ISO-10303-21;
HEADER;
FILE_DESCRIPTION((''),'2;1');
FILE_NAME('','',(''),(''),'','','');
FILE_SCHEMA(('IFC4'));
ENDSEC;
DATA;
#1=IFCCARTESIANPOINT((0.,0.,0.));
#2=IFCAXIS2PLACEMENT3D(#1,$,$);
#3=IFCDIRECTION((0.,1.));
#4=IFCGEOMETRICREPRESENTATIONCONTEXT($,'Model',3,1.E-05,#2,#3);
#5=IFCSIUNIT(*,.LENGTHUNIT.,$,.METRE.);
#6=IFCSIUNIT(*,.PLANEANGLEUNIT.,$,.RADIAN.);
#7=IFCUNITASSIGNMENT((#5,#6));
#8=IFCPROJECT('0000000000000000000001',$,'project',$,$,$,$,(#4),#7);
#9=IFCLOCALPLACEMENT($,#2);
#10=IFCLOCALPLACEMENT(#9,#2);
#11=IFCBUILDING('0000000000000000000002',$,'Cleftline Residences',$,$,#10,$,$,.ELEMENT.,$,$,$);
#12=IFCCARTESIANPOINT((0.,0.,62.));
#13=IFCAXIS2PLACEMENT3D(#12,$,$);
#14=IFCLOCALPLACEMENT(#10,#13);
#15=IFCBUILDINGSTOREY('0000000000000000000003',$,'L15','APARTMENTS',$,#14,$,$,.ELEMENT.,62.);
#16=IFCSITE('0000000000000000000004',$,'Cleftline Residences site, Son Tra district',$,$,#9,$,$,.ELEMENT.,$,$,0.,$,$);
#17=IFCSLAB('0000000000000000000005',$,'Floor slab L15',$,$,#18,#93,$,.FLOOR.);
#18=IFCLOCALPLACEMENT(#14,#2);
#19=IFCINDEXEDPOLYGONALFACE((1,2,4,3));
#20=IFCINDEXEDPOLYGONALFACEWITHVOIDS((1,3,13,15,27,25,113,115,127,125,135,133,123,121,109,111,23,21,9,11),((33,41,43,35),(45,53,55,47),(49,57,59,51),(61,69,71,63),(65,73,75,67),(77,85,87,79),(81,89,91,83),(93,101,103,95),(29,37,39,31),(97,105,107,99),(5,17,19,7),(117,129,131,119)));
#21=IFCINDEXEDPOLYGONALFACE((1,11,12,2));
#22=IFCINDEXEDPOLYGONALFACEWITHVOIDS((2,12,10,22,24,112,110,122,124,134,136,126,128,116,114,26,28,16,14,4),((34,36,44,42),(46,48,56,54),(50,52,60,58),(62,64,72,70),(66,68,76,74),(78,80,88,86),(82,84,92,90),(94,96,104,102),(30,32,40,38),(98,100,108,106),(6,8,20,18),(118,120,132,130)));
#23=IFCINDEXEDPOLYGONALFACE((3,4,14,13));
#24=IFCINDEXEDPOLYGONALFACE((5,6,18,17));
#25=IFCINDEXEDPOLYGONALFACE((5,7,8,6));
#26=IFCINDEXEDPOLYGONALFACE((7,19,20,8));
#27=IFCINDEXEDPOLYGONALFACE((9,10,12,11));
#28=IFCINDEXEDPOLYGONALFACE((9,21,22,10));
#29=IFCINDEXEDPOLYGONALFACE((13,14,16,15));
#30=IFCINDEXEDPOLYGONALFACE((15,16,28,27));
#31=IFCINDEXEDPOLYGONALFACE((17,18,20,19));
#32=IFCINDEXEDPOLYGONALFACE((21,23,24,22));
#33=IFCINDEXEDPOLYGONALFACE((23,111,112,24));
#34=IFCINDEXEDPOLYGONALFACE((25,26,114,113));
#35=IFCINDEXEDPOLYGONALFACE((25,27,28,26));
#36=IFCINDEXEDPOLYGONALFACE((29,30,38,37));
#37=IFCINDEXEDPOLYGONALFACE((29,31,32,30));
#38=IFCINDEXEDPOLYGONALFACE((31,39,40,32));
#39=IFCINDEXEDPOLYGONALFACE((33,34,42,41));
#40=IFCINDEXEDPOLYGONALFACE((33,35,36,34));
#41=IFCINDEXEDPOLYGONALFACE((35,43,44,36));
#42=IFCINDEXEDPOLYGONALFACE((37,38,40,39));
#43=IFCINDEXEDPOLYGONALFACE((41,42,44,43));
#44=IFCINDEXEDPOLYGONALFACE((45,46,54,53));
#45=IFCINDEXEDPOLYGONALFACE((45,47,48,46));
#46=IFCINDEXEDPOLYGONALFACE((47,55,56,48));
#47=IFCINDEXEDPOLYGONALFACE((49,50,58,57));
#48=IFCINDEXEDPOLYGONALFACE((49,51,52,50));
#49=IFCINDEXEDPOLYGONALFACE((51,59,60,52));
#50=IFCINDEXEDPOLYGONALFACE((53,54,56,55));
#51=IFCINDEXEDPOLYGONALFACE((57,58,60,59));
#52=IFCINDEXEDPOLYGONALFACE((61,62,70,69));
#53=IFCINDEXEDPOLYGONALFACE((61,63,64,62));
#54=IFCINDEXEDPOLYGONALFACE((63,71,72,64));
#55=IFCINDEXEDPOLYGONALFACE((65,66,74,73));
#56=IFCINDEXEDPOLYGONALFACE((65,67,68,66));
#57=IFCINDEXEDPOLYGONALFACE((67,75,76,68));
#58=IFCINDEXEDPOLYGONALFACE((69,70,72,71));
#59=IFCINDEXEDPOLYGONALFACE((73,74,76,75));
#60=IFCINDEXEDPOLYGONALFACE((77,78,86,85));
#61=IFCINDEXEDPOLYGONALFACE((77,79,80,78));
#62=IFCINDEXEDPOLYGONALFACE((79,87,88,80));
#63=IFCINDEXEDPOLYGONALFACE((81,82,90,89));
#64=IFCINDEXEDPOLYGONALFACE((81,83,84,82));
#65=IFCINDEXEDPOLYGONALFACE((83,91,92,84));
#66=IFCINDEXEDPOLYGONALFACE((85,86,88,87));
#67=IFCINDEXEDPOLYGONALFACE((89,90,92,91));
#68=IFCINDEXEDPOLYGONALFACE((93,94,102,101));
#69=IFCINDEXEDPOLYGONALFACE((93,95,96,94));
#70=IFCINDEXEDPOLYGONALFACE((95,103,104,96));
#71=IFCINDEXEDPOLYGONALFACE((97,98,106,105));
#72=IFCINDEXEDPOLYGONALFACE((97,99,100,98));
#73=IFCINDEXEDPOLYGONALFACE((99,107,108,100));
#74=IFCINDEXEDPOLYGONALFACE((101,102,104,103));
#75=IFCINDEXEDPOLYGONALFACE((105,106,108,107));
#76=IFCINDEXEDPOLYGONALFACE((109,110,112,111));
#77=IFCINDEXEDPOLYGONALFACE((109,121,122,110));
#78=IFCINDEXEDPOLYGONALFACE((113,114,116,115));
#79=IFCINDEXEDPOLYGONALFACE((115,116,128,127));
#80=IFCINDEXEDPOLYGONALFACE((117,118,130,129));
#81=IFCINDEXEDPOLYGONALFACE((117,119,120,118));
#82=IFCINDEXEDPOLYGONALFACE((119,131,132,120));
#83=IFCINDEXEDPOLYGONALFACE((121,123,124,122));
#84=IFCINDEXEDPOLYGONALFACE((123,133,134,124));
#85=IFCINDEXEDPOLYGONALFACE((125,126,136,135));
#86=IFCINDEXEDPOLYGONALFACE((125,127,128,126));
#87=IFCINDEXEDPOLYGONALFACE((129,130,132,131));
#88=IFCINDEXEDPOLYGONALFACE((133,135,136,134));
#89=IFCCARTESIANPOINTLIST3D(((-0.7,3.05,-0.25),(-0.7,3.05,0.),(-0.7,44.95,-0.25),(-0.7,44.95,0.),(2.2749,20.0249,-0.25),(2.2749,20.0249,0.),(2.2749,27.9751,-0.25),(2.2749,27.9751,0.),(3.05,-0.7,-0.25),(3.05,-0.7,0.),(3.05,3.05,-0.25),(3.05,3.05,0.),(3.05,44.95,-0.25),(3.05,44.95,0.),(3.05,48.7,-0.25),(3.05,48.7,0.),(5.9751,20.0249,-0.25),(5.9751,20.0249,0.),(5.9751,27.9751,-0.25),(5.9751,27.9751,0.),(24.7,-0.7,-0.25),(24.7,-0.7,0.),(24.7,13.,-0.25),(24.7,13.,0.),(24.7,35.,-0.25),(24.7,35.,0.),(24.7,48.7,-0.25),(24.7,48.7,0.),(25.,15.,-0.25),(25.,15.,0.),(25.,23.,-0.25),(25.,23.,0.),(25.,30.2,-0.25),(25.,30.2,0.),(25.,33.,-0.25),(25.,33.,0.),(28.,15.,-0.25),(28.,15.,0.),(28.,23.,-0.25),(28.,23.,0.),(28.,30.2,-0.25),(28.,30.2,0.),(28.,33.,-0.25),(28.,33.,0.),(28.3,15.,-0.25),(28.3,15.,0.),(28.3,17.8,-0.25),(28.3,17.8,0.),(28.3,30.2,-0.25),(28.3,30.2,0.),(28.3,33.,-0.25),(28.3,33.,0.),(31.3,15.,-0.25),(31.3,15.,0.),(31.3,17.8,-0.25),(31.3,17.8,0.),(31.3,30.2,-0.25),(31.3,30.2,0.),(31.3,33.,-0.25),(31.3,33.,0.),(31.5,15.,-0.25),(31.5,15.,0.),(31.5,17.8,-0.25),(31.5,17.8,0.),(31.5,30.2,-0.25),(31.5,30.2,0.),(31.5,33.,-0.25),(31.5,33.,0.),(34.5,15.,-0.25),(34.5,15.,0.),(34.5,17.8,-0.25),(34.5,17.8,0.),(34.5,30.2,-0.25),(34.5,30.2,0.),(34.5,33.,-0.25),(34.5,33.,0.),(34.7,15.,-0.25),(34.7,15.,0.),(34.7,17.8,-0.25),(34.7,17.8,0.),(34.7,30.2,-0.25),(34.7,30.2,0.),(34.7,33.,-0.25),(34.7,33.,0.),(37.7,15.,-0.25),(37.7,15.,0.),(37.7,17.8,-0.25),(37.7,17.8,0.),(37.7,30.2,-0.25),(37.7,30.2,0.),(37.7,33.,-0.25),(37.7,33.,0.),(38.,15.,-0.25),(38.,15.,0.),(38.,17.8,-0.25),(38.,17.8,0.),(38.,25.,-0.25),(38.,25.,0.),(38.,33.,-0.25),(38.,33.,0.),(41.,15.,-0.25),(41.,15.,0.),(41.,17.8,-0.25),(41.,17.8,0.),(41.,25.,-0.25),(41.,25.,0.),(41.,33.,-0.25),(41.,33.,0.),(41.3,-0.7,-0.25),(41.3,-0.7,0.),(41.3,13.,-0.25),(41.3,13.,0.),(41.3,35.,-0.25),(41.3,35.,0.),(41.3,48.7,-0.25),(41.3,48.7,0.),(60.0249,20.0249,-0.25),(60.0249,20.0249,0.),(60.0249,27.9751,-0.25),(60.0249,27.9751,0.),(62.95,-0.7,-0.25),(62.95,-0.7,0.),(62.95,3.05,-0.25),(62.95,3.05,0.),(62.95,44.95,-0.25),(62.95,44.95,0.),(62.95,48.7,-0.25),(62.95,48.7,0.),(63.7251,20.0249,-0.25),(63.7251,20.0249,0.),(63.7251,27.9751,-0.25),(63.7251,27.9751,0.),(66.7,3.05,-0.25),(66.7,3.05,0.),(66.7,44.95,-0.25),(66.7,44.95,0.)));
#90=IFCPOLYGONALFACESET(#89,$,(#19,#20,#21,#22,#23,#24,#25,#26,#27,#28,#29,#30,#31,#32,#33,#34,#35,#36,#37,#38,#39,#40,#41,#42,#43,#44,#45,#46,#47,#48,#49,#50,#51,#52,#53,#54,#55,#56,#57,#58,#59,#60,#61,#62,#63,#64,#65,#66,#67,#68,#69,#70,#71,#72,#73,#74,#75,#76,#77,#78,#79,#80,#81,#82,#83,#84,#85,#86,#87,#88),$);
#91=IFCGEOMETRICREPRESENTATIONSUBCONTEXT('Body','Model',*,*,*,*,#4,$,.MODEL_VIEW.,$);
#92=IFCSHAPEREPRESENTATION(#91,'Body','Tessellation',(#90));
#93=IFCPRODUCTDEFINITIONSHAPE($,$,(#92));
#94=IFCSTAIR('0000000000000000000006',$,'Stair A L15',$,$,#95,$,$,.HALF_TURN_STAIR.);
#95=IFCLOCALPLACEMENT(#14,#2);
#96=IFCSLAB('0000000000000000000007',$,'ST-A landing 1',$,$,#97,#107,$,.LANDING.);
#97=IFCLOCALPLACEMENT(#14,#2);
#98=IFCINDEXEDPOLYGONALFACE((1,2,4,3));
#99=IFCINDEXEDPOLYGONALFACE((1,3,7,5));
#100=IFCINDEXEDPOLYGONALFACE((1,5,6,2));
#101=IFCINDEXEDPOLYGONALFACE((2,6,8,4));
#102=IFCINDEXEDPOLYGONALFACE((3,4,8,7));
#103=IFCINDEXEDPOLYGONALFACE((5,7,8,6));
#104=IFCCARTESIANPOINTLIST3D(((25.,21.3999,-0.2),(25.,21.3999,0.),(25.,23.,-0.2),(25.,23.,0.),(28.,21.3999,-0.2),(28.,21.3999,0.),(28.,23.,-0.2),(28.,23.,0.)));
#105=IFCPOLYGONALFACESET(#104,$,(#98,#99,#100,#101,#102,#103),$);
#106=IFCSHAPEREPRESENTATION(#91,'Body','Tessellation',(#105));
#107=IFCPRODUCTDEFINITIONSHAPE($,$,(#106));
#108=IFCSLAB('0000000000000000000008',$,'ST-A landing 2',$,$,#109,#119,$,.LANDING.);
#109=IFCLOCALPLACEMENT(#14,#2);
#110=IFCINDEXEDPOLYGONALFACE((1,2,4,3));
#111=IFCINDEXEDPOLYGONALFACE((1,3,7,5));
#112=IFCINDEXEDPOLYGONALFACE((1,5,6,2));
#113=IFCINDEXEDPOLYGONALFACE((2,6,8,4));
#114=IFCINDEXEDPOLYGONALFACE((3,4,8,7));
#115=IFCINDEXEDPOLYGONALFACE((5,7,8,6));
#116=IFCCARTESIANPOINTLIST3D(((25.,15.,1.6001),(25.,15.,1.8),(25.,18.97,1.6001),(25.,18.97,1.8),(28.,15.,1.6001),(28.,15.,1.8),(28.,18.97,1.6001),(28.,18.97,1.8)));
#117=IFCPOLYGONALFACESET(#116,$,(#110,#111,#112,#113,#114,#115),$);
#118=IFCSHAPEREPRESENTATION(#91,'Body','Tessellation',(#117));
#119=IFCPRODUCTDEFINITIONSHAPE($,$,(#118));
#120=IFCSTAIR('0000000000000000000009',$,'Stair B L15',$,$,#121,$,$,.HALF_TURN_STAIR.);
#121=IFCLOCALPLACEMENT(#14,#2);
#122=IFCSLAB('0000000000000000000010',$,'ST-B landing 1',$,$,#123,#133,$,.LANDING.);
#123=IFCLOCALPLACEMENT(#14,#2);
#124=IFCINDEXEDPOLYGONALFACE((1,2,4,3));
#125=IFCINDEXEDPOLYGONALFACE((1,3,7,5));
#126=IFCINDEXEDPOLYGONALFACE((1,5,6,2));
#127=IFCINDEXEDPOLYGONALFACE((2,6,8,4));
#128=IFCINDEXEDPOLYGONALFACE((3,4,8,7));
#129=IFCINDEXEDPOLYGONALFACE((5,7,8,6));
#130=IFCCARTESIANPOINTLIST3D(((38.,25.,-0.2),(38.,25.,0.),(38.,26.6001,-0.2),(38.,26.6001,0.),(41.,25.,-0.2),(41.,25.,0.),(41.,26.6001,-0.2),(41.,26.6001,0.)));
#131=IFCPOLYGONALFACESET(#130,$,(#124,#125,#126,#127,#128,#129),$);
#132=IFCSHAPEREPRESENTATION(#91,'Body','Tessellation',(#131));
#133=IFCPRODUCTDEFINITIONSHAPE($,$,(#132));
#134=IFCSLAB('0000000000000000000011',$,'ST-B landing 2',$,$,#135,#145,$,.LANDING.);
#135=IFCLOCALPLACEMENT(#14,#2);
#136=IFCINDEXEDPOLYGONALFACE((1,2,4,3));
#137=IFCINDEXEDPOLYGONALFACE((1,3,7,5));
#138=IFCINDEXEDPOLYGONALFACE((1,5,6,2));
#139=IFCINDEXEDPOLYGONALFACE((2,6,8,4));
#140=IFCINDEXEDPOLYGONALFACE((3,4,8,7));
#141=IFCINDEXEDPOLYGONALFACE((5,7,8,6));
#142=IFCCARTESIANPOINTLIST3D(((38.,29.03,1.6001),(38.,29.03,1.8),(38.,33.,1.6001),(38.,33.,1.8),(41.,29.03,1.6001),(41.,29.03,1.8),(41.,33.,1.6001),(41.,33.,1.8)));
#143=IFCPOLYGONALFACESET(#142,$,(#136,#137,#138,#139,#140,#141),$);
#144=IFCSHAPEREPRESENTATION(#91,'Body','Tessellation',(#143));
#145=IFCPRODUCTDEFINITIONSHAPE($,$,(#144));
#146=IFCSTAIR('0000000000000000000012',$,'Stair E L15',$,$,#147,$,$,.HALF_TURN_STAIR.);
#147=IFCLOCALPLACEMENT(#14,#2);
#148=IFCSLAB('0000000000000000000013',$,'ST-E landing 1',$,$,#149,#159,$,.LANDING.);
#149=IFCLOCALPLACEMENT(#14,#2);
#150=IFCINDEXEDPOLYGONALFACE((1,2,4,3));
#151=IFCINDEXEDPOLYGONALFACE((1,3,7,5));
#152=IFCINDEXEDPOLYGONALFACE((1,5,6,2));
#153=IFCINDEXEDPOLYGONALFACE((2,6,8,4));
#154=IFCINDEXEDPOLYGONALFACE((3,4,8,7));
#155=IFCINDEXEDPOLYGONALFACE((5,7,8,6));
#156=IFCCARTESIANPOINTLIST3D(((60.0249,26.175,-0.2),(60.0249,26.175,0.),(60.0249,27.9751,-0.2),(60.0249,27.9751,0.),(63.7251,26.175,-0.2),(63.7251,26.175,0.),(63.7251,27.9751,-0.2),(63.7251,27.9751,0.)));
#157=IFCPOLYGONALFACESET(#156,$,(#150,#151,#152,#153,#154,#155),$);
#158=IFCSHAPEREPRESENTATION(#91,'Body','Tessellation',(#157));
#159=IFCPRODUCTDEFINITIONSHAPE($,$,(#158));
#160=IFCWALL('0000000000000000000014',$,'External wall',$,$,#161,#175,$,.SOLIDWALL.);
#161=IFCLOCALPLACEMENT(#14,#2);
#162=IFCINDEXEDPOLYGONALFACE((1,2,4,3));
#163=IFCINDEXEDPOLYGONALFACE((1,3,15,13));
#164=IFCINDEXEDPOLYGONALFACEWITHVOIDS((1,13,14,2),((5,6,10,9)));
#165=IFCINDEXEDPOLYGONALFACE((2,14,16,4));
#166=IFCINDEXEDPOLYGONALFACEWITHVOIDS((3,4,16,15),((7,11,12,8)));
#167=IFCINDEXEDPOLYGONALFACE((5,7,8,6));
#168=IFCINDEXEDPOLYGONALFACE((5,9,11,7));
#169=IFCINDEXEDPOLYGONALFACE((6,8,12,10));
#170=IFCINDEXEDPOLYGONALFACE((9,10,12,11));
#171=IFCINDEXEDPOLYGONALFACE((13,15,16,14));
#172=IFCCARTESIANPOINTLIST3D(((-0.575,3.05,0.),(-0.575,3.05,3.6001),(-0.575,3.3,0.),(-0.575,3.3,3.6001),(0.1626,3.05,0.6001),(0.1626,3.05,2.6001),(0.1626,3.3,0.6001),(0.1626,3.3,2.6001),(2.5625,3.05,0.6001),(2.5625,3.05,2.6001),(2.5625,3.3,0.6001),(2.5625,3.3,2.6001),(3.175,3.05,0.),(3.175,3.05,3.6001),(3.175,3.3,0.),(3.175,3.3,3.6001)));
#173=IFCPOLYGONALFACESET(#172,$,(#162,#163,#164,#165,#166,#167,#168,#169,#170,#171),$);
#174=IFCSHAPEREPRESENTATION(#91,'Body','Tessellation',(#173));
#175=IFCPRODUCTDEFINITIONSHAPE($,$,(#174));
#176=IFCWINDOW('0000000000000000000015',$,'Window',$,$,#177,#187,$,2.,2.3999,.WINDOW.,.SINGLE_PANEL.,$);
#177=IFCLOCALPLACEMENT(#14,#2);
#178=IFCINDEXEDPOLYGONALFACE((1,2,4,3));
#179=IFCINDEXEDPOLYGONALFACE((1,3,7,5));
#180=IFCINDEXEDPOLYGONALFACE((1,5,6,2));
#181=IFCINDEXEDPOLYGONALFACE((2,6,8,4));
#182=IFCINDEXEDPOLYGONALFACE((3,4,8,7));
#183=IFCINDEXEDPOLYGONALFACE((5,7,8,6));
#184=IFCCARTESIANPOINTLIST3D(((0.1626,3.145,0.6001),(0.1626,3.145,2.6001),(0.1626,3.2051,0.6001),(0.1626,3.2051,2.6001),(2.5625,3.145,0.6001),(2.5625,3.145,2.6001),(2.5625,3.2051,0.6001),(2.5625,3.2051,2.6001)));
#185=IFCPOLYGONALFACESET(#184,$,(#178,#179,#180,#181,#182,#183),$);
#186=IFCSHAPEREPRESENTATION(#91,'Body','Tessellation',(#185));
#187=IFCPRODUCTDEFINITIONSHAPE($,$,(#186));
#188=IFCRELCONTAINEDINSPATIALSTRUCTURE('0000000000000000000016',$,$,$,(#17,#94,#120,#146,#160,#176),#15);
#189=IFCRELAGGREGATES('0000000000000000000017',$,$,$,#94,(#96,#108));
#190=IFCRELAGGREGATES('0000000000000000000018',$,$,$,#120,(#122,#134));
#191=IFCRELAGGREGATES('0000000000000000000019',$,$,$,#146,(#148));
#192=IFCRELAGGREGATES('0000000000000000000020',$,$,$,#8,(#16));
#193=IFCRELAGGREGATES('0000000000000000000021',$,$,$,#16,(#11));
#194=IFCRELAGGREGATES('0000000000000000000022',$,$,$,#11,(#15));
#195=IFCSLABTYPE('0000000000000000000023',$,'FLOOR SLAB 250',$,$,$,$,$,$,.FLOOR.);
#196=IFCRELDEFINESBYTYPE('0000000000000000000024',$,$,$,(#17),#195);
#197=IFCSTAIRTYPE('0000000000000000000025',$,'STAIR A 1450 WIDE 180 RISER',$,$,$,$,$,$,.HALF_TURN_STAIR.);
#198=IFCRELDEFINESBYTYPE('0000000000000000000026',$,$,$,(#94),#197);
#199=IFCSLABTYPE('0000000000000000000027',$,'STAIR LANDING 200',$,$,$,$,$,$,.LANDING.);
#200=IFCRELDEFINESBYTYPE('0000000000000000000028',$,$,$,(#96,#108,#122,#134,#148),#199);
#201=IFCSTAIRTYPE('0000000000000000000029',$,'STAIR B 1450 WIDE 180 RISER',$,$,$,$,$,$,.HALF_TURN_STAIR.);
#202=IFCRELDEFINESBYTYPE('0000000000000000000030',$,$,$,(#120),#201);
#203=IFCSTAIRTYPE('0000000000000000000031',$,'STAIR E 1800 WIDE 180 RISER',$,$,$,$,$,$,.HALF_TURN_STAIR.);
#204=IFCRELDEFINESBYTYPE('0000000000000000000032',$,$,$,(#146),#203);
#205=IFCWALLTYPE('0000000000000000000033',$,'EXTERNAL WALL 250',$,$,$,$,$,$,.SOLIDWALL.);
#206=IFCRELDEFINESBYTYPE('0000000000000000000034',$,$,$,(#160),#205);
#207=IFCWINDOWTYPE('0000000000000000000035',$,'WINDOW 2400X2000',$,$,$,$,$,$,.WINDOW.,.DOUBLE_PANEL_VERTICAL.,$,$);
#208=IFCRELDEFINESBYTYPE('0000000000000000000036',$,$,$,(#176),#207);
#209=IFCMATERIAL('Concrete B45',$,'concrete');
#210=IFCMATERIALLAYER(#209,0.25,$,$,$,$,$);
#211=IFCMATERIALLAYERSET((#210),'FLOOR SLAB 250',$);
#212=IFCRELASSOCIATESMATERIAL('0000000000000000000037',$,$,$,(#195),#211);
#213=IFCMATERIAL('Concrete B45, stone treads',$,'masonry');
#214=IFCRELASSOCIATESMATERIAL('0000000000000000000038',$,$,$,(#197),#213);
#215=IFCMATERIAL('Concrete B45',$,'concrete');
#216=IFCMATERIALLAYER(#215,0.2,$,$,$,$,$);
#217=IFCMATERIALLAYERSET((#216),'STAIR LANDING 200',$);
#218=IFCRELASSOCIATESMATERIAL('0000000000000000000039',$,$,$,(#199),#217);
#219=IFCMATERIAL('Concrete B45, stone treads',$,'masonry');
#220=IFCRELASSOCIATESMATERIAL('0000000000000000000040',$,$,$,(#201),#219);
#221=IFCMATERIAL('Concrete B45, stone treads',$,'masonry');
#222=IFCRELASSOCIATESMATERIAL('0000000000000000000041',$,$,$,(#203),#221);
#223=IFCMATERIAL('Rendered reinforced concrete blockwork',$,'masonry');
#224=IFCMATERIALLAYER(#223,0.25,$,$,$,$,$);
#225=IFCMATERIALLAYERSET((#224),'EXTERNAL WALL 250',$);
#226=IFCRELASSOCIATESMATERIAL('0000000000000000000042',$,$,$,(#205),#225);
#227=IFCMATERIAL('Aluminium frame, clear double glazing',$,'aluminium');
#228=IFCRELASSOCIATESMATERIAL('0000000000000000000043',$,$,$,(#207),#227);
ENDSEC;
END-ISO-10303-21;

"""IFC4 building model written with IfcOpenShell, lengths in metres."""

from ifc_helpers import new_model, si_unit, direction, frame, frame_2d, origin, place, context, subcontext, project, spatial, polyline, rectangle, outline, extrude, material, layer, layer_set, type_object, element, fill, aggregate, save


model = new_model("IFC4")

# Units and contexts
model_context = context("Model", 3, precision=1e-05, world=origin(), true_north=direction((0.0, 1.0)))
body_context = subcontext(model_context, "Body", "Model", "MODEL_VIEW")
ifc_project = project(units=[si_unit("LENGTHUNIT", "METRE"), si_unit("PLANEANGLEUNIT", "RADIAN")], contexts=[model_context])

# Site, building, storey
site_placement = place(None, origin())
site = spatial("IfcSite", under=ifc_project, at=site_placement, Name="Cleftline Residences site, Son Tra district", CompositionType="ELEMENT", RefElevation=0.0)
building_placement = place(site_placement, origin())
building = spatial("IfcBuilding", under=site, at=building_placement, Name="Cleftline Residences", CompositionType="ELEMENT")
storey_placement = place(building_placement, frame((0.0, 0.0, 62.0)))
storey = spatial("IfcBuildingStorey", under=building, at=storey_placement, Name="L15", Description="APARTMENTS", CompositionType="ELEMENT", Elevation=62.0)

# Slab
ifc_material_1 = material(Name="Concrete B45", Category="concrete")
ifc_layer_1 = layer(ifc_material_1, 0.25)
ifc_layer_set_1 = layer_set([ifc_layer_1], Name="FLOOR SLAB 250")
slab_type_1 = type_object("IfcSlabType", Name="FLOOR SLAB 250", PredefinedType="FLOOR", material=ifc_layer_set_1)
slab_1_placement = place(storey_placement, frame((0.0, 0.0, -0.25)))
element("IfcSlab", 1, at=slab_1_placement, inside=storey, type_object=slab_type_1, Name="Floor slab L15", PredefinedType="FLOOR", context=body_context, shape_type="SweptSolid", body=[
    extrude(outline(polyline([(24.7, 13.0), (41.3, 13.0), (41.3, -0.7), (62.95, -0.7), (62.95, 3.05), (66.7, 3.05), (66.7, 44.95), (62.95, 44.95), (62.95, 48.7), (41.3, 48.7), (41.3, 35.0), (24.7, 35.0), (24.7, 48.7), (3.05, 48.7), (3.05, 44.95), (-0.7, 44.95), (-0.7, 3.05), (3.05, 3.05), (3.05, -0.7), (24.7, -0.7), (24.7, 13.0)]), holes=[polyline([(28.0, 15.0), (28.0, 23.0), (25.0, 23.0), (25.0, 15.0), (28.0, 15.0)]), polyline([(41.0, 25.0), (41.0, 33.0), (38.0, 33.0), (38.0, 25.0), (41.0, 25.0)]), polyline([(28.0, 30.2), (28.0, 33.0), (25.0, 33.0), (25.0, 30.2), (28.0, 30.2)]), polyline([(41.0, 15.0), (41.0, 17.8), (38.0, 17.8), (38.0, 15.0), (41.0, 15.0)]), polyline([(31.3, 15.0), (31.3, 17.8), (28.3, 17.8), (28.3, 15.0), (31.3, 15.0)]), polyline([(34.5, 15.0), (34.5, 17.8), (31.5, 17.8), (31.5, 15.0), (34.5, 15.0)]), polyline([(37.7, 15.0), (37.7, 17.8), (34.7, 17.8), (34.7, 15.0), (37.7, 15.0)]), polyline([(31.3, 30.2), (31.3, 33.0), (28.3, 33.0), (28.3, 30.2), (31.3, 30.2)]), polyline([(34.5, 30.2), (34.5, 33.0), (31.5, 33.0), (31.5, 30.2), (34.5, 30.2)]), polyline([(37.7, 30.2), (37.7, 33.0), (34.7, 33.0), (34.7, 30.2), (37.7, 30.2)]), polyline([(63.7251, 20.0249), (63.7251, 27.9751), (60.0249, 27.9751), (60.0249, 20.0249), (63.7251, 20.0249)]), polyline([(5.9751, 20.0249), (5.9751, 27.9751), (2.2749, 27.9751), (2.2749, 20.0249), (5.9751, 20.0249)])]), origin(), (0.0, 0.0, 1.0), 0.25),
])

# Stairs, slabs
ifc_material_2 = material(Name="Concrete B45, stone treads", Category="masonry")
stair_type_1 = type_object("IfcStairType", Name="STAIR A 1450 WIDE 180 RISER", PredefinedType="HALF_TURN_STAIR", material=ifc_material_2)
stair_1_placement = place(storey_placement, origin())
stair_1 = element("IfcStair", 2, at=stair_1_placement, inside=storey, type_object=stair_type_1, Name="Stair A L15", PredefinedType="HALF_TURN_STAIR")
ifc_material_3 = material(Name="Concrete B45", Category="concrete")
ifc_layer_2 = layer(ifc_material_3, 0.2)
ifc_layer_set_2 = layer_set([ifc_layer_2], Name="STAIR LANDING 200")
slab_type_2 = type_object("IfcSlabType", Name="STAIR LANDING 200", PredefinedType="LANDING", material=ifc_layer_set_2)
slab_2_placement = place(storey_placement, frame((0.0, 0.0, -0.2)))
slab_2 = element("IfcSlab", 3, at=slab_2_placement, type_object=slab_type_2, Name="ST-A landing 1", PredefinedType="LANDING", context=body_context, shape_type="SweptSolid", body=[
    extrude(outline(polyline([(25.0, 21.3999), (28.0, 21.3999), (28.0, 23.0), (25.0, 23.0), (25.0, 21.3999)])), origin(), (0.0, 0.0, 1.0), 0.2),
])
slab_3_placement = place(storey_placement, frame((0.0, 0.0, 1.6001)))
slab_3 = element("IfcSlab", 4, at=slab_3_placement, type_object=slab_type_2, Name="ST-A landing 2", PredefinedType="LANDING", context=body_context, shape_type="SweptSolid", body=[
    extrude(outline(polyline([(25.0, 15.0), (28.0, 15.0), (28.0, 18.97), (25.0, 18.97), (25.0, 15.0)])), origin(), (0.0, 0.0, 1.0), 0.2),
])
aggregate(stair_1, [slab_2, slab_3])
ifc_material_4 = material(Name="Concrete B45, stone treads", Category="masonry")
stair_type_2 = type_object("IfcStairType", Name="STAIR B 1450 WIDE 180 RISER", PredefinedType="HALF_TURN_STAIR", material=ifc_material_4)
stair_2_placement = place(storey_placement, origin())
stair_2 = element("IfcStair", 5, at=stair_2_placement, inside=storey, type_object=stair_type_2, Name="Stair B L15", PredefinedType="HALF_TURN_STAIR")
slab_4_placement = place(storey_placement, frame((0.0, 0.0, -0.2)))
slab_4 = element("IfcSlab", 6, at=slab_4_placement, type_object=slab_type_2, Name="ST-B landing 1", PredefinedType="LANDING", context=body_context, shape_type="SweptSolid", body=[
    extrude(outline(polyline([(38.0, 25.0), (41.0, 25.0), (41.0, 26.6001), (38.0, 26.6001), (38.0, 25.0)])), origin(), (0.0, 0.0, 1.0), 0.2),
])
slab_5_placement = place(storey_placement, frame((0.0, 0.0, 1.6001)))
slab_5 = element("IfcSlab", 7, at=slab_5_placement, type_object=slab_type_2, Name="ST-B landing 2", PredefinedType="LANDING", context=body_context, shape_type="SweptSolid", body=[
    extrude(outline(polyline([(38.0, 29.03), (41.0, 29.03), (41.0, 33.0), (38.0, 33.0), (38.0, 29.03)])), origin(), (0.0, 0.0, 1.0), 0.2),
])
aggregate(stair_2, [slab_4, slab_5])

# Stair, slab
ifc_material_5 = material(Name="Concrete B45, stone treads", Category="masonry")
stair_type_3 = type_object("IfcStairType", Name="STAIR E 1800 WIDE 180 RISER", PredefinedType="HALF_TURN_STAIR", material=ifc_material_5)
stair_3_placement = place(storey_placement, origin())
stair_3 = element("IfcStair", 8, at=stair_3_placement, inside=storey, type_object=stair_type_3, Name="Stair E L15", PredefinedType="HALF_TURN_STAIR")
slab_6_placement = place(storey_placement, frame((0.0, 0.0, -0.2)))
slab_6 = element("IfcSlab", 9, at=slab_6_placement, type_object=slab_type_2, Name="ST-E landing 1", PredefinedType="LANDING", context=body_context, shape_type="SweptSolid", body=[
    extrude(outline(polyline([(60.0249, 26.175), (63.7251, 26.175), (63.7251, 27.9751), (60.0249, 27.9751), (60.0249, 26.175)])), origin(), (0.0, 0.0, 1.0), 0.2),
])
aggregate(stair_3, [slab_6])

# Wall, opening, window
ifc_material_6 = material(Name="Rendered reinforced concrete blockwork", Category="masonry")
ifc_layer_3 = layer(ifc_material_6, 0.25)
ifc_layer_set_3 = layer_set([ifc_layer_3], Name="EXTERNAL WALL 250")
wall_type = type_object("IfcWallType", Name="EXTERNAL WALL 250", PredefinedType="SOLIDWALL", material=ifc_layer_set_3)
wall_placement = place(storey_placement, frame((-0.575, 3.175, 0.0), z_axis=(0.0, 0.0, 1.0), x_axis=(1.0, 0.0, 0.0)))
wall = element("IfcWall", 10, at=wall_placement, inside=storey, type_object=wall_type, Name="External wall", PredefinedType="SOLIDWALL", context=body_context, shape_type="SweptSolid", body=[
    extrude(rectangle(XDim=3.75, YDim=0.25, at=frame_2d((1.875, 0.0))), origin(), (0.0, 0.0, 1.0), 3.6001),
])
opening_placement = place(wall_placement, frame((0.7375, 0.0, 0.6001)))
opening = element("IfcOpeningElement", 11, at=opening_placement, cuts=wall, PredefinedType="OPENING", context=body_context, shape_type="SweptSolid", body=[
    extrude(rectangle(XDim=2.3999, YDim=2.0, at=frame_2d((1.2, 1.0))), frame((0.0, 0.135, 0.0), z_axis=(0.0, -1.0, 0.0), x_axis=(1.0, 0.0, 0.0)), (0.0, 0.0, 1.0), 0.27),
])
ifc_material_7 = material(Name="Aluminium frame, clear double glazing", Category="aluminium")
window_type = type_object("IfcWindowType", Name="WINDOW 2400X2000", PartitioningType="DOUBLE_PANEL_VERTICAL", PredefinedType="WINDOW", material=ifc_material_7)
window_placement = place(opening_placement, origin())
window = element("IfcWindow", 12, at=window_placement, inside=storey, type_object=window_type, Name="Window", OverallHeight=2.0, OverallWidth=2.3999, PartitioningType="SINGLE_PANEL", PredefinedType="WINDOW", context=body_context, shape_type="SweptSolid", body=[
    extrude(rectangle(XDim=2.3999, YDim=2.0, at=frame_2d((1.2, 1.0))), frame((0.0, 0.03, 0.0), z_axis=(0.0, -1.0, 0.0), x_axis=(1.0, 0.0, 0.0)), (0.0, 0.0, 1.0), 0.0601),
])
fill(opening, window)

save(model, "model.ifc")
